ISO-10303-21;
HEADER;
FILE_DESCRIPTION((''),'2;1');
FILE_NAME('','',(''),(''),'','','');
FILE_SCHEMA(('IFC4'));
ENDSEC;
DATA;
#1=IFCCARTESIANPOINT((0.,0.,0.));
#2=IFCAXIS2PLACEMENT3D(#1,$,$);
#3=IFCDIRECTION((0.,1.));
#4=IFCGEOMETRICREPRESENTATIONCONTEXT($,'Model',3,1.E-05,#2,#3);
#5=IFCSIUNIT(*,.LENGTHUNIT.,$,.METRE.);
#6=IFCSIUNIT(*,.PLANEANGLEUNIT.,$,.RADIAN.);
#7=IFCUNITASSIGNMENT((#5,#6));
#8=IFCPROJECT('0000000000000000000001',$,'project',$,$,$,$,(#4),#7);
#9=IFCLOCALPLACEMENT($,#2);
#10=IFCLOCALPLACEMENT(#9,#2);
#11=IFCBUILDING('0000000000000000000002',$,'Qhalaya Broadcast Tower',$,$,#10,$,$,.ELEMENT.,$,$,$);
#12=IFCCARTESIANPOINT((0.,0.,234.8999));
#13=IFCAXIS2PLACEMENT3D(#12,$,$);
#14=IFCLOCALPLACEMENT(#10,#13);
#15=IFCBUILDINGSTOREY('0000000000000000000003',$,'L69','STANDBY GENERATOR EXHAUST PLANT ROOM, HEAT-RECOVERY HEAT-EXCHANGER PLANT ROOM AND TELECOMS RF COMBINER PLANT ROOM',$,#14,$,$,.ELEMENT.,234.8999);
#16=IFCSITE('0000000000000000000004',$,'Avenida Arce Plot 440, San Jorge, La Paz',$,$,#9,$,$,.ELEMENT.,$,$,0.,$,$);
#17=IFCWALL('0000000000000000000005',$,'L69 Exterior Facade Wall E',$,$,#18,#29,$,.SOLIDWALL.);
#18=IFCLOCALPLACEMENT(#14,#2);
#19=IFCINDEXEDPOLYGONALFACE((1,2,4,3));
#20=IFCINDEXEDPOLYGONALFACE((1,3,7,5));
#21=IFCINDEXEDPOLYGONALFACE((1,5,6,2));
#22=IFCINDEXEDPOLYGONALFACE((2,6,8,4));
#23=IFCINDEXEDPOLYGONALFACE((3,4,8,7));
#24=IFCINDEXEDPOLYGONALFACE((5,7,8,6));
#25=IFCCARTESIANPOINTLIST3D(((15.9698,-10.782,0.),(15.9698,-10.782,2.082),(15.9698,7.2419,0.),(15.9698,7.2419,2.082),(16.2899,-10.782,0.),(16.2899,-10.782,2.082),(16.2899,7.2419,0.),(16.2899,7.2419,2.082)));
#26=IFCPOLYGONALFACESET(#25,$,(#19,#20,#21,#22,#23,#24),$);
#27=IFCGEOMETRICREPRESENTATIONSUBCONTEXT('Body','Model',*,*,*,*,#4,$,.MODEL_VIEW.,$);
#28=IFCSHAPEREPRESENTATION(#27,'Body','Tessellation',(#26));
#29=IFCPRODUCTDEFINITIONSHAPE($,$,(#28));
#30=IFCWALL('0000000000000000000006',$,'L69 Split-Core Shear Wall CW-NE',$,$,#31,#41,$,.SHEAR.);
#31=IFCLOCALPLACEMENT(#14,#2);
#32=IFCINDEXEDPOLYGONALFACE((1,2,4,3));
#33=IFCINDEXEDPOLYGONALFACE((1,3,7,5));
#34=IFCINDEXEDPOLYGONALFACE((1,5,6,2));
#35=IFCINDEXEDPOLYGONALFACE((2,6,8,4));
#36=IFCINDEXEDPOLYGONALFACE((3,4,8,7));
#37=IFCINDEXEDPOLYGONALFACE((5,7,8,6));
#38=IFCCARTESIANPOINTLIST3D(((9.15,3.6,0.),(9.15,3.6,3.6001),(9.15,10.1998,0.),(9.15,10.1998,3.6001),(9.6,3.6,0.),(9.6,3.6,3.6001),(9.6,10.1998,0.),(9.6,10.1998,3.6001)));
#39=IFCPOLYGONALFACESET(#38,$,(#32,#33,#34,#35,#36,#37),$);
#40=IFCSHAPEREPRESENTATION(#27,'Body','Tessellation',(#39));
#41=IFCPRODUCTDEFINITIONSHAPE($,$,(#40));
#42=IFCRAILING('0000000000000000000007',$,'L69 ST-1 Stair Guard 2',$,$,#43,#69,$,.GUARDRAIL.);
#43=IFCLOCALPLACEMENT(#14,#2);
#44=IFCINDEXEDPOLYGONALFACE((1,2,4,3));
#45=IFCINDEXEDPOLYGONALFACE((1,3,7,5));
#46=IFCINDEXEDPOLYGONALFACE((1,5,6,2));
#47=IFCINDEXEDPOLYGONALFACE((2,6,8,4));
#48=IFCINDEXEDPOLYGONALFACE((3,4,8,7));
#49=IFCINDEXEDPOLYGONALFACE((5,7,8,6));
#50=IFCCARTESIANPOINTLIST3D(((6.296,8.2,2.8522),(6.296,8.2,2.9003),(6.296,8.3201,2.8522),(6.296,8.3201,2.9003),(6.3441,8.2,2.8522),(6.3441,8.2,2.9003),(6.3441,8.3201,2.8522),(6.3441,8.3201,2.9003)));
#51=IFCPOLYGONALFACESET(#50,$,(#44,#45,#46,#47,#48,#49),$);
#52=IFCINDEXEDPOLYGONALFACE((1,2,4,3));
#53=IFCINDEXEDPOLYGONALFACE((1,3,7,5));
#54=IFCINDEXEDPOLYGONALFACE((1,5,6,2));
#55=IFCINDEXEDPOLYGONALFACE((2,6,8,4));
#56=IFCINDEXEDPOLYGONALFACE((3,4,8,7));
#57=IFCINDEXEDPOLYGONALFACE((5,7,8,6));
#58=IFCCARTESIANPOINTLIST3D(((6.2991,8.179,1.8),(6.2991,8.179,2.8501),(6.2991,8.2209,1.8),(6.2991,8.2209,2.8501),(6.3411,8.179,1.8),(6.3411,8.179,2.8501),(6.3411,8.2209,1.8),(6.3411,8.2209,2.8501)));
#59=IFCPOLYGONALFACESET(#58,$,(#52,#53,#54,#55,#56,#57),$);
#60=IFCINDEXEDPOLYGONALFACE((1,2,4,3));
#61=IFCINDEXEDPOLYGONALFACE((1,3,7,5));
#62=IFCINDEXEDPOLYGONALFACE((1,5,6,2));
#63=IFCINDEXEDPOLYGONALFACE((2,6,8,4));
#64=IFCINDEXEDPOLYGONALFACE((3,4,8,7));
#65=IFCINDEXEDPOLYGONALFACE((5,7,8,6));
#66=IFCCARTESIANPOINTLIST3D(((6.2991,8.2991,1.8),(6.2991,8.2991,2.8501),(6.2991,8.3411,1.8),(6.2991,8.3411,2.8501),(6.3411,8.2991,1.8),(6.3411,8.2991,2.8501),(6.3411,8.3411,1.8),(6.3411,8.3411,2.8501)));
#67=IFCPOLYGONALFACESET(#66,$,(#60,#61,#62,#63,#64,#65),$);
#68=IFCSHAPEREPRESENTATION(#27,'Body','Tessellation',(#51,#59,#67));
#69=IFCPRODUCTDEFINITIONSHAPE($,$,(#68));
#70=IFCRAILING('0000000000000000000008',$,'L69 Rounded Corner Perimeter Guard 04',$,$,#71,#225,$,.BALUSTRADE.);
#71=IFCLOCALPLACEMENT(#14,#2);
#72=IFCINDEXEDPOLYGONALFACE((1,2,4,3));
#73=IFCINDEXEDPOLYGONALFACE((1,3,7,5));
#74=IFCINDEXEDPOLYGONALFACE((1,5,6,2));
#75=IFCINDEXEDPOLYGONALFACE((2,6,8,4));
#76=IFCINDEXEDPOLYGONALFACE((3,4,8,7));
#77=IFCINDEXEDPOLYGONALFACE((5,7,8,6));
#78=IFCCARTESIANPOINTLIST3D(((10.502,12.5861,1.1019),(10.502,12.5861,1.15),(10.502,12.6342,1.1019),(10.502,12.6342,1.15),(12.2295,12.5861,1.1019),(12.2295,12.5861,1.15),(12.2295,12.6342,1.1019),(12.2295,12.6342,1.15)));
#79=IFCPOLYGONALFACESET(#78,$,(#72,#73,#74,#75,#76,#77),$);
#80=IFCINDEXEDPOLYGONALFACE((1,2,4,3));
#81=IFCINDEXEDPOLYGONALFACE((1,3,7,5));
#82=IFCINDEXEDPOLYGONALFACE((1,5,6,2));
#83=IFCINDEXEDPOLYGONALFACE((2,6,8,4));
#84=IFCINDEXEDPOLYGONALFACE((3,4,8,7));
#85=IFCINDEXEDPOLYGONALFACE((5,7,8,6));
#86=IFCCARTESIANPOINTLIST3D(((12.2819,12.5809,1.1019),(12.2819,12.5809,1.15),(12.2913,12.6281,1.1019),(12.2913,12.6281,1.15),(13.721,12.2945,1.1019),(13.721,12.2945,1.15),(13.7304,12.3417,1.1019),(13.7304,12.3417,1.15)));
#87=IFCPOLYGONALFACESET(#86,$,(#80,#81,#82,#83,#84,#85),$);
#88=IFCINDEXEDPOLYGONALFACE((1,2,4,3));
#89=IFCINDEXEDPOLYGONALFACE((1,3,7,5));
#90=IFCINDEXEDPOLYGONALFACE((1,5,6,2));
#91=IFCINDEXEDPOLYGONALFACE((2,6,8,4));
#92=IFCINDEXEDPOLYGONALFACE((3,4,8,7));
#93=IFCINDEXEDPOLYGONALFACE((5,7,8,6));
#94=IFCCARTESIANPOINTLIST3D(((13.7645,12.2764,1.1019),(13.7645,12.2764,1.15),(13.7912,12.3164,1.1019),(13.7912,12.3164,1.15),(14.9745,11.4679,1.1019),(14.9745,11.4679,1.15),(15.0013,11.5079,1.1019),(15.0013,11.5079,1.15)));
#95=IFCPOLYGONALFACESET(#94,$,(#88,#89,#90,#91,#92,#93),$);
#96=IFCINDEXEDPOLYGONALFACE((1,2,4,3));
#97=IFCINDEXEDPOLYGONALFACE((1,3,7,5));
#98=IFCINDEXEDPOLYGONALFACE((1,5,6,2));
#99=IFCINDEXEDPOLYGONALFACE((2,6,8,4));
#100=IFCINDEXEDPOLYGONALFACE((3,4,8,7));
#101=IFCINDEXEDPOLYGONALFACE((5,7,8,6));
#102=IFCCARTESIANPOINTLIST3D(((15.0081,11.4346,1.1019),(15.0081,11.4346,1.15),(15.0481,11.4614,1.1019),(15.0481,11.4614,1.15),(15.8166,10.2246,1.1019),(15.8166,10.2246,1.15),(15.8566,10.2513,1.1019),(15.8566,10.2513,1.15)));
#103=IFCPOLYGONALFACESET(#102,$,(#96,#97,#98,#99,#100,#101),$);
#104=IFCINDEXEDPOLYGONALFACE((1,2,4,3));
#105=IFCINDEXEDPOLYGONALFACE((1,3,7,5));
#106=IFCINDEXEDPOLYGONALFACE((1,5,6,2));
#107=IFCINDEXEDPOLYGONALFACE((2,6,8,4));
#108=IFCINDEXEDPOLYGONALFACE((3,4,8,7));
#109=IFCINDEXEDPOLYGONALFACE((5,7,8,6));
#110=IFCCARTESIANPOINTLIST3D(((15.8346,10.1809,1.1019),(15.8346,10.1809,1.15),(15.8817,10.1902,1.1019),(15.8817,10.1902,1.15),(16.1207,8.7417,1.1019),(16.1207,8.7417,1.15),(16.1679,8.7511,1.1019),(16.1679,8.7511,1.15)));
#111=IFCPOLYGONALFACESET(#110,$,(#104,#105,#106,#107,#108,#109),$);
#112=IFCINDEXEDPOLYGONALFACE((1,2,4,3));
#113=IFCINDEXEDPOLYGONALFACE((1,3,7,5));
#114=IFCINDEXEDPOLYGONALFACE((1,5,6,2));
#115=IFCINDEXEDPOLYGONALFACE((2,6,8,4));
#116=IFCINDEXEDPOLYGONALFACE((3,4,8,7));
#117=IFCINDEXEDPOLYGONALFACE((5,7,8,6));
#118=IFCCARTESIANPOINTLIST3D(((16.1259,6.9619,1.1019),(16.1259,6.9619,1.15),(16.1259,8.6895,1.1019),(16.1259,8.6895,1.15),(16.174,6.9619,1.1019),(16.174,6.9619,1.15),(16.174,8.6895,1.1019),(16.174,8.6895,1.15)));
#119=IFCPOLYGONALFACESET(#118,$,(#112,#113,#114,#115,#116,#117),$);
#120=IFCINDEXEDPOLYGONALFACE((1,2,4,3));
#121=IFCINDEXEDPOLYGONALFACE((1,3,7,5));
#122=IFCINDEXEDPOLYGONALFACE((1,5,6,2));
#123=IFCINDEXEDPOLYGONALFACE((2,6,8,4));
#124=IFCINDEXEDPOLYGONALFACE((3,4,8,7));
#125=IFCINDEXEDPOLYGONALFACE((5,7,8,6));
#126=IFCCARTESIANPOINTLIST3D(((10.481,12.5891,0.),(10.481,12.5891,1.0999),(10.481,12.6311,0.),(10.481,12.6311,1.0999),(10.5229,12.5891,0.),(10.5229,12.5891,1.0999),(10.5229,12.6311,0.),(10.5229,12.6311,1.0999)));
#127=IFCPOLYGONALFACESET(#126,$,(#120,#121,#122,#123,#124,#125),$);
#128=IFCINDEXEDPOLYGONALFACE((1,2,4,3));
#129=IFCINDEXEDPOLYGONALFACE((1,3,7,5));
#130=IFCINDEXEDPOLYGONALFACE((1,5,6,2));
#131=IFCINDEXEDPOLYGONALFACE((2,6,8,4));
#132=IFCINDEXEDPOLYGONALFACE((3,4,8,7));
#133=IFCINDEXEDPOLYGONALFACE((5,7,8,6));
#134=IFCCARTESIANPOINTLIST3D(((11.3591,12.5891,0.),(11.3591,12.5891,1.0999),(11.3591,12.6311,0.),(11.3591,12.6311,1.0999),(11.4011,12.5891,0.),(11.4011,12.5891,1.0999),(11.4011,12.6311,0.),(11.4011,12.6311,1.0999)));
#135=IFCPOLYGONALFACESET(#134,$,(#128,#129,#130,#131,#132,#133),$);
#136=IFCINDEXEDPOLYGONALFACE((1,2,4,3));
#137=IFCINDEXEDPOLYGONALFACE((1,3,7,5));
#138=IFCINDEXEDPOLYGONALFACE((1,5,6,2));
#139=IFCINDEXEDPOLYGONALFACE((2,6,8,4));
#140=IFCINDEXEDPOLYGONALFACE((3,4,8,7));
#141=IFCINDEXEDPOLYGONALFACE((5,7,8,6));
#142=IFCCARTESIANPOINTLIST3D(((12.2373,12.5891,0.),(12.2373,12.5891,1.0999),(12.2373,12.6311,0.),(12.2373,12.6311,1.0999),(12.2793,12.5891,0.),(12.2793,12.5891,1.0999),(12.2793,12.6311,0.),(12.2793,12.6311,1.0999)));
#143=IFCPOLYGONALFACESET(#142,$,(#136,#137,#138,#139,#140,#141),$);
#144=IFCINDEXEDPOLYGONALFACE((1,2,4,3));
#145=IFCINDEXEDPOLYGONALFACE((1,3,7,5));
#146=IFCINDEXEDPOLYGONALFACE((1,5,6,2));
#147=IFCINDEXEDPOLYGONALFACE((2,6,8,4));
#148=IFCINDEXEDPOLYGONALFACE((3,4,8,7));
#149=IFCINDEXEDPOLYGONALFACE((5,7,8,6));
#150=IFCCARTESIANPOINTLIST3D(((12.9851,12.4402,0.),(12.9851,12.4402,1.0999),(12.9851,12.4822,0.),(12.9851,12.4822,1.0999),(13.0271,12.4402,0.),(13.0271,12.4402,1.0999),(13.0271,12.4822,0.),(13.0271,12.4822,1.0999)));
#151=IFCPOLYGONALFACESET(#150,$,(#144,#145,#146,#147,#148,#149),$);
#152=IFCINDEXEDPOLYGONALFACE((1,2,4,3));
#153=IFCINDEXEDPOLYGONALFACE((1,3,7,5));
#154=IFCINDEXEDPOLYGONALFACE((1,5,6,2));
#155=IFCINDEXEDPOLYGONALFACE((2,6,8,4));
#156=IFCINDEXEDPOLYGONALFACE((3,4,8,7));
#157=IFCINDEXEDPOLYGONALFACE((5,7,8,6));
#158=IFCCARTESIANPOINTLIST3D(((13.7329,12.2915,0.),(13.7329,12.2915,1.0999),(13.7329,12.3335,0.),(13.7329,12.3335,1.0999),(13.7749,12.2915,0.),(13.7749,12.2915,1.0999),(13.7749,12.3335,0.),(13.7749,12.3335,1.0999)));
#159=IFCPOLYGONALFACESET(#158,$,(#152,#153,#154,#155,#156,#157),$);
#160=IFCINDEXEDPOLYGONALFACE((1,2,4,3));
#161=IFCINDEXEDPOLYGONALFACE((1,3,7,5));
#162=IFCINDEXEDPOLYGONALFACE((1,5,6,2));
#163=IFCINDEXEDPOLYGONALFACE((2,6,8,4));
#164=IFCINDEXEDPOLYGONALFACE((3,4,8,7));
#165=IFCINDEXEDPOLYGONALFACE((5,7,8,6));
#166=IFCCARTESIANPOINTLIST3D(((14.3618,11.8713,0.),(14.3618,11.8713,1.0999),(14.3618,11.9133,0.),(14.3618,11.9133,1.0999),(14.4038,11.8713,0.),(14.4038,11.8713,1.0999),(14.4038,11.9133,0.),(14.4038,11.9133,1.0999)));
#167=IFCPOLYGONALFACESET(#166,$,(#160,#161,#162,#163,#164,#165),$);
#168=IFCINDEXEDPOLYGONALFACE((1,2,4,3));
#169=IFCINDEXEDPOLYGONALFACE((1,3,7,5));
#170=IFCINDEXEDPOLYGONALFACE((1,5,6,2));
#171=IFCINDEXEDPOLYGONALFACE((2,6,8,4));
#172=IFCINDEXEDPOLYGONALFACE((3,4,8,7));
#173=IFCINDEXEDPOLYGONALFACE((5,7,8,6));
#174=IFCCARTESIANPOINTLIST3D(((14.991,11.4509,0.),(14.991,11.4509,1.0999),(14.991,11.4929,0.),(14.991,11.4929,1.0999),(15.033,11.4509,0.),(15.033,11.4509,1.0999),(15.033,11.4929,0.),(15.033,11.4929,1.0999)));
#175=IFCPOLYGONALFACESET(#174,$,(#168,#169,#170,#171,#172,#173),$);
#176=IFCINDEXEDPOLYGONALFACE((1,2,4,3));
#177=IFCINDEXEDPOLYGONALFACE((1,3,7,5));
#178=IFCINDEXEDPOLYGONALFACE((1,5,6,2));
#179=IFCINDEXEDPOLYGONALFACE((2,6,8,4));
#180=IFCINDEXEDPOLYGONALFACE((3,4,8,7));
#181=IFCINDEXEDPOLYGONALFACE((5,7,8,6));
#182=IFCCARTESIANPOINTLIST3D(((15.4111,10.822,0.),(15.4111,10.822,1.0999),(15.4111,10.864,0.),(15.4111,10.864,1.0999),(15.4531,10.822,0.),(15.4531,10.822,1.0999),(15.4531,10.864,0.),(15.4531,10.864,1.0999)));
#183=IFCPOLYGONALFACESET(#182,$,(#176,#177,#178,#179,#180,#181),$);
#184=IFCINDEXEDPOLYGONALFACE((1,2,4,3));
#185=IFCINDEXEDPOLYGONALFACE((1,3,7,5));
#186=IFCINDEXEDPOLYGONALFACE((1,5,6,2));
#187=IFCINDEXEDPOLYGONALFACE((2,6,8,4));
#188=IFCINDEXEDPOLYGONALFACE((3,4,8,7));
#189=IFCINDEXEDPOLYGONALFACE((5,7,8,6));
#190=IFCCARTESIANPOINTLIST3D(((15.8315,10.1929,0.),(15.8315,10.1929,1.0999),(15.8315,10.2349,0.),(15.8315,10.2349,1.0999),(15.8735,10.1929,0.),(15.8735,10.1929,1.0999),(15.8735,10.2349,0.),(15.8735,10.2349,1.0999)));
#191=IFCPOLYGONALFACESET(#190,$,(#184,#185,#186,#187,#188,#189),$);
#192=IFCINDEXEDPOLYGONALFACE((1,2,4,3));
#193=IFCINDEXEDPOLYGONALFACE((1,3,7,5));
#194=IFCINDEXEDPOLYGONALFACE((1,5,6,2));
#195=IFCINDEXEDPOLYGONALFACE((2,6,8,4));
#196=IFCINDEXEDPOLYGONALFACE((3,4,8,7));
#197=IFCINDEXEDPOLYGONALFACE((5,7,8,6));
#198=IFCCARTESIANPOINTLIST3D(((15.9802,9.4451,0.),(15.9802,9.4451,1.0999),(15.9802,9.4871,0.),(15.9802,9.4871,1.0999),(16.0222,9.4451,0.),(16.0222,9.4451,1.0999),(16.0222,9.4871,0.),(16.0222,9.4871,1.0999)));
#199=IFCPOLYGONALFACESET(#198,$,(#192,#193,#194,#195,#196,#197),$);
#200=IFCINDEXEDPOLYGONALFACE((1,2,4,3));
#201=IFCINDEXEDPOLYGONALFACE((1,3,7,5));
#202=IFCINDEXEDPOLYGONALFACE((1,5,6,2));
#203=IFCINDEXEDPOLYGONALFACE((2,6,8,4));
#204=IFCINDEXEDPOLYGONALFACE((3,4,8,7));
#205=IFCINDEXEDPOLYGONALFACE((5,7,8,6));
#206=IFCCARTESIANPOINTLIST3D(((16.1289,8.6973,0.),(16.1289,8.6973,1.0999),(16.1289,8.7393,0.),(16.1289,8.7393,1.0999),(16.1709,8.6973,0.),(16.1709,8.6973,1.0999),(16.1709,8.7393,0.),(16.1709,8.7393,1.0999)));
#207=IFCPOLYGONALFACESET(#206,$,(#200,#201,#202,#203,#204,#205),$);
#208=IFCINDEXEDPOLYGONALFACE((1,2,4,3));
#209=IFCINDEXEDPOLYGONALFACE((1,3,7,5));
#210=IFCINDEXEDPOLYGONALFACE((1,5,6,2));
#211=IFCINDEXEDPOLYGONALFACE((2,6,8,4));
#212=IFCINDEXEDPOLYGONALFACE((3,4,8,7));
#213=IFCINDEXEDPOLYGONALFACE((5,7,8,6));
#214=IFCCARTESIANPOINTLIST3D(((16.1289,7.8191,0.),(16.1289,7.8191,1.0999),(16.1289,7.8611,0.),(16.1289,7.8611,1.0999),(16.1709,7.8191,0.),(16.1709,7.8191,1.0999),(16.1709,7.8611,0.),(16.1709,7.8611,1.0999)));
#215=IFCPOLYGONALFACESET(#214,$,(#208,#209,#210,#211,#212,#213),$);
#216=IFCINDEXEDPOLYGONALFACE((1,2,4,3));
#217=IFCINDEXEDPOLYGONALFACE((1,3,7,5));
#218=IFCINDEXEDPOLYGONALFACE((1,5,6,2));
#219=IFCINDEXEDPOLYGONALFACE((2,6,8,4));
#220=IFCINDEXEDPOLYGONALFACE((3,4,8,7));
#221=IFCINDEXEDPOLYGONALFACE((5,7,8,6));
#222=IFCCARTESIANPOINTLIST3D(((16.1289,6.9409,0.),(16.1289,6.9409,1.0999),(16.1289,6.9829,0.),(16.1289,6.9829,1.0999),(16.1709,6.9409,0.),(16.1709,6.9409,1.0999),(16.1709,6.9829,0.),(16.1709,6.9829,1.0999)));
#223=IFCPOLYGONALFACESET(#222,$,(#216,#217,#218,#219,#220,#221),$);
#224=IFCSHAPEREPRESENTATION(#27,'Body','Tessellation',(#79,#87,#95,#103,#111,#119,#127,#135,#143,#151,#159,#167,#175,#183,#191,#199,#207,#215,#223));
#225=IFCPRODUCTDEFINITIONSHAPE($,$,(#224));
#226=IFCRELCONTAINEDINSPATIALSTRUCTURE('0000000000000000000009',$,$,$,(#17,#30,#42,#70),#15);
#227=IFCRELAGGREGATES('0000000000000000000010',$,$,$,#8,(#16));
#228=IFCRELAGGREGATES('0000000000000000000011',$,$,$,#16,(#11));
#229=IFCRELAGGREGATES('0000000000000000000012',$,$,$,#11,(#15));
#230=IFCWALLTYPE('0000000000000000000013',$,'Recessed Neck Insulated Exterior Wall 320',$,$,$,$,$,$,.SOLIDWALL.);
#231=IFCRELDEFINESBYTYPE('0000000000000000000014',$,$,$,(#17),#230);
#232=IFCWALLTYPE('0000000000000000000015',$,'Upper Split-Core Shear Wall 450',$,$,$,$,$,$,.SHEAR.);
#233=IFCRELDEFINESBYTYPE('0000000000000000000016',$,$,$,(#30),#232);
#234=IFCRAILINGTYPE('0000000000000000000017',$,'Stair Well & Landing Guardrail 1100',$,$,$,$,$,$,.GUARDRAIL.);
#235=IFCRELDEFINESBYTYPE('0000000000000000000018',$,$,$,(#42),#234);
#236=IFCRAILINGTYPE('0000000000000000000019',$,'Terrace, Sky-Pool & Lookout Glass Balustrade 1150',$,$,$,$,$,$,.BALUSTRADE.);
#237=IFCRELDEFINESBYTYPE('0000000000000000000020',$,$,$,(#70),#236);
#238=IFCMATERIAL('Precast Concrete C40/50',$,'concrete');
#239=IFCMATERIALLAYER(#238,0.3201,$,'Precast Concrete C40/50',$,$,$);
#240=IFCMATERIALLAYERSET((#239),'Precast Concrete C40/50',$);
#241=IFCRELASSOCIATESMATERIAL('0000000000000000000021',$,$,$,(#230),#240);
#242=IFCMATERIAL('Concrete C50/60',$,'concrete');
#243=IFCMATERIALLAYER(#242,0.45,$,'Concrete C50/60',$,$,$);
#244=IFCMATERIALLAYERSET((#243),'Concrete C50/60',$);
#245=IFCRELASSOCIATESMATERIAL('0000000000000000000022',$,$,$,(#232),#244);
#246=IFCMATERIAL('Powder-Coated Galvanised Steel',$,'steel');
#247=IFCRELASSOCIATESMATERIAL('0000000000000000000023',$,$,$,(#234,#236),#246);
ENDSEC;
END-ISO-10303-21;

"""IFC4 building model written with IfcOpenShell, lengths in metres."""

from ifc_helpers import new_model, si_unit, direction, frame, frame_2d, origin, origin_2d, place, context, subcontext, project, spatial, rectangle, extrude, material, layer, layer_set, type_object, element, save


model = new_model("IFC4")

# Units and contexts
model_context = context("Model", 3, precision=1e-05, world=origin(), true_north=direction((0.0, 1.0)))
body_context = subcontext(model_context, "Body", "Model", "MODEL_VIEW")
ifc_project = project(units=[si_unit("LENGTHUNIT", "METRE"), si_unit("PLANEANGLEUNIT", "RADIAN")], contexts=[model_context])

# Site, building, storey
site_placement = place(None, origin())
site = spatial("IfcSite", under=ifc_project, at=site_placement, Name="Avenida Arce Plot 440, San Jorge, La Paz", CompositionType="ELEMENT", RefElevation=0.0)
building_placement = place(site_placement, origin())
building = spatial("IfcBuilding", under=site, at=building_placement, Name="Qhalaya Broadcast Tower", CompositionType="ELEMENT")
storey_placement = place(building_placement, frame((0.0, 0.0, 234.8999)))
storey = spatial("IfcBuildingStorey", under=building, at=storey_placement, Name="L69", Description="STANDBY GENERATOR EXHAUST PLANT ROOM, HEAT-RECOVERY HEAT-EXCHANGER PLANT ROOM AND TELECOMS RF COMBINER PLANT ROOM", CompositionType="ELEMENT", Elevation=234.8999)

# Shared definitions
ifc_material_1 = material(Name="Concrete C50/60", Category="concrete")

# Walls
ifc_material_2 = material(Name="Precast Concrete C40/50", Category="concrete")
ifc_layer_1 = layer(ifc_material_2, 0.3201, Name="Precast Concrete C40/50")
ifc_layer_set_1 = layer_set([ifc_layer_1], Name="Precast Concrete C40/50")
wall_type_1 = type_object("IfcWallType", Name="Recessed Neck Insulated Exterior Wall 320", PredefinedType="SOLIDWALL", material=ifc_layer_set_1)
wall_1_placement = place(storey_placement, frame((16.1299, 7.2419, 0.0), z_axis=(0.0, 0.0, 1.0), x_axis=(0.0, -1.0, 0.0)))
element("IfcWall", 1, at=wall_1_placement, inside=storey, type_object=wall_type_1, Name="L69 Exterior Facade Wall E", PredefinedType="SOLIDWALL", context=body_context, shape_type="SweptSolid", body=[
    extrude(rectangle(XDim=18.0239, YDim=0.3201, at=frame_2d((9.012, 0.0))), origin(), (0.0, 0.0, 1.0), 2.082),
])
ifc_layer_2 = layer(ifc_material_1, 0.45, Name="Concrete C50/60")
ifc_layer_set_2 = layer_set([ifc_layer_2], Name="Concrete C50/60")
wall_type_2 = type_object("IfcWallType", Name="Upper Split-Core Shear Wall 450", PredefinedType="SHEAR", material=ifc_layer_set_2)
wall_2_placement = place(storey_placement, frame((9.375, 3.6001, 0.0), z_axis=(0.0, 0.0, 1.0), x_axis=(0.0, 1.0, 0.0)))
element("IfcWall", 2, at=wall_2_placement, inside=storey, type_object=wall_type_2, Name="L69 Split-Core Shear Wall CW-NE", PredefinedType="SHEAR", context=body_context, shape_type="SweptSolid", body=[
    extrude(rectangle(XDim=6.5999, YDim=0.45, at=frame_2d((3.2998, 0.0))), origin(), (0.0, 0.0, 1.0), 3.6001),
])

# Railings
ifc_material_3 = material(Name="Powder-Coated Galvanised Steel", Category="steel")
railing_type_1 = type_object("IfcRailingType", Name="Stair Well & Landing Guardrail 1100", PredefinedType="GUARDRAIL", material=ifc_material_3)
railing_1_placement = place(storey_placement, frame((6.3201, 8.2, 1.8)))
element("IfcRailing", 3, at=railing_1_placement, inside=storey, type_object=railing_type_1, Name="L69 ST-1 Stair Guard 2", PredefinedType="GUARDRAIL", context=body_context, shape_type="SweptSolid", body=[
    extrude(rectangle(XDim=0.0481, YDim=0.0481, at=origin_2d()), frame((0.0, 0.0, 1.0762), z_axis=(0.0, 1.0, 0.0), x_axis=(-1.0, 0.0, 0.0)), (0.0, 0.0, 1.0), 0.1201),
    extrude(rectangle(XDim=0.042, YDim=0.042, at=origin_2d()), origin(), (0.0, 0.0, 1.0), 1.05),
    extrude(rectangle(XDim=0.042, YDim=0.042, at=origin_2d()), frame((0.0, 0.1201, 0.0)), (0.0, 0.0, 1.0), 1.05),
])
railing_type_2 = type_object("IfcRailingType", Name="Terrace, Sky-Pool & Lookout Glass Balustrade 1150", PredefinedType="BALUSTRADE", material=ifc_material_3)
railing_2_placement = place(storey_placement, frame((10.502, 12.6101, 0.0)))
element("IfcRailing", 4, at=railing_2_placement, inside=storey, type_object=railing_type_2, Name="L69 Rounded Corner Perimeter Guard 04", PredefinedType="BALUSTRADE", context=body_context, shape_type="SweptSolid", body=[
    extrude(rectangle(XDim=0.0481, YDim=0.0481, at=origin_2d()), frame((0.0, 0.0, 1.126), z_axis=(1.0, 0.0, 0.0), x_axis=(0.0, 1.0, 0.0)), (0.0, 0.0, 1.0), 1.7275),
    extrude(rectangle(XDim=0.0481, YDim=0.0481, at=origin_2d()), frame((1.7847, -0.0056, 1.126), z_axis=(0.980771, -0.195162, 0.0), x_axis=(0.195162, 0.980771, 0.0)), (0.0, 0.0, 1.0), 1.4673),
    extrude(rectangle(XDim=0.0481, YDim=0.0481, at=origin_2d()), frame((3.2759, -0.3137, 1.126), z_axis=(0.831479, -0.555556, 0.0), x_axis=(0.555556, 0.831479, 0.0)), (0.0, 0.0, 1.0), 1.4553),
    extrude(rectangle(XDim=0.0481, YDim=0.0481, at=origin_2d()), frame((4.5261, -1.1621, 1.126), z_axis=(0.555556, -0.831479, 0.0), x_axis=(0.831479, 0.555556, 0.0)), (0.0, 0.0, 1.0), 1.4553),
    extrude(rectangle(XDim=0.0481, YDim=0.0481, at=origin_2d()), frame((5.3562, -2.4246, 1.126), z_axis=(0.195008, -0.980802, 0.0), x_axis=(0.980802, 0.195008, 0.0)), (0.0, 0.0, 1.0), 1.4673),
    extrude(rectangle(XDim=0.0481, YDim=0.0481, at=origin_2d()), frame((5.6479, -3.9207, 1.126), z_axis=(0.0, -1.0, 0.0), x_axis=(1.0, 0.0, 0.0)), (0.0, 0.0, 1.0), 1.7275),
    extrude(rectangle(XDim=0.042, YDim=0.042, at=origin_2d()), origin(), (0.0, 0.0, 1.0), 1.0999),
    extrude(rectangle(XDim=0.042, YDim=0.042, at=origin_2d()), frame((0.8782, 0.0, 0.0)), (0.0, 0.0, 1.0), 1.0999),
    extrude(rectangle(XDim=0.042, YDim=0.042, at=origin_2d()), frame((1.7563, 0.0, 0.0)), (0.0, 0.0, 1.0), 1.0999),
    extrude(rectangle(XDim=0.042, YDim=0.042, at=origin_2d()), frame((2.5042, -0.1489, 0.0)), (0.0, 0.0, 1.0), 1.0999),
    extrude(rectangle(XDim=0.042, YDim=0.042, at=origin_2d()), frame((3.252, -0.2976, 0.0)), (0.0, 0.0, 1.0), 1.0999),
    extrude(rectangle(XDim=0.042, YDim=0.042, at=origin_2d()), frame((3.8809, -0.7178, 0.0)), (0.0, 0.0, 1.0), 1.0999),
    extrude(rectangle(XDim=0.042, YDim=0.042, at=origin_2d()), frame((4.51, -1.1382, 0.0)), (0.0, 0.0, 1.0), 1.0999),
    extrude(rectangle(XDim=0.042, YDim=0.042, at=origin_2d()), frame((4.9302, -1.7671, 0.0)), (0.0, 0.0, 1.0), 1.0999),
    extrude(rectangle(XDim=0.042, YDim=0.042, at=origin_2d()), frame((5.3506, -2.3962, 0.0)), (0.0, 0.0, 1.0), 1.0999),
    extrude(rectangle(XDim=0.042, YDim=0.042, at=origin_2d()), frame((5.4993, -3.144, 0.0)), (0.0, 0.0, 1.0), 1.0999),
    extrude(rectangle(XDim=0.042, YDim=0.042, at=origin_2d()), frame((5.6479, -3.8918, 0.0)), (0.0, 0.0, 1.0), 1.0999),
    extrude(rectangle(XDim=0.042, YDim=0.042, at=origin_2d()), frame((5.6479, -4.77, 0.0)), (0.0, 0.0, 1.0), 1.0999),
    extrude(rectangle(XDim=0.042, YDim=0.042, at=origin_2d()), frame((5.6479, -5.6482, 0.0)), (0.0, 0.0, 1.0), 1.0999),
])

save(model, "model.ifc")
